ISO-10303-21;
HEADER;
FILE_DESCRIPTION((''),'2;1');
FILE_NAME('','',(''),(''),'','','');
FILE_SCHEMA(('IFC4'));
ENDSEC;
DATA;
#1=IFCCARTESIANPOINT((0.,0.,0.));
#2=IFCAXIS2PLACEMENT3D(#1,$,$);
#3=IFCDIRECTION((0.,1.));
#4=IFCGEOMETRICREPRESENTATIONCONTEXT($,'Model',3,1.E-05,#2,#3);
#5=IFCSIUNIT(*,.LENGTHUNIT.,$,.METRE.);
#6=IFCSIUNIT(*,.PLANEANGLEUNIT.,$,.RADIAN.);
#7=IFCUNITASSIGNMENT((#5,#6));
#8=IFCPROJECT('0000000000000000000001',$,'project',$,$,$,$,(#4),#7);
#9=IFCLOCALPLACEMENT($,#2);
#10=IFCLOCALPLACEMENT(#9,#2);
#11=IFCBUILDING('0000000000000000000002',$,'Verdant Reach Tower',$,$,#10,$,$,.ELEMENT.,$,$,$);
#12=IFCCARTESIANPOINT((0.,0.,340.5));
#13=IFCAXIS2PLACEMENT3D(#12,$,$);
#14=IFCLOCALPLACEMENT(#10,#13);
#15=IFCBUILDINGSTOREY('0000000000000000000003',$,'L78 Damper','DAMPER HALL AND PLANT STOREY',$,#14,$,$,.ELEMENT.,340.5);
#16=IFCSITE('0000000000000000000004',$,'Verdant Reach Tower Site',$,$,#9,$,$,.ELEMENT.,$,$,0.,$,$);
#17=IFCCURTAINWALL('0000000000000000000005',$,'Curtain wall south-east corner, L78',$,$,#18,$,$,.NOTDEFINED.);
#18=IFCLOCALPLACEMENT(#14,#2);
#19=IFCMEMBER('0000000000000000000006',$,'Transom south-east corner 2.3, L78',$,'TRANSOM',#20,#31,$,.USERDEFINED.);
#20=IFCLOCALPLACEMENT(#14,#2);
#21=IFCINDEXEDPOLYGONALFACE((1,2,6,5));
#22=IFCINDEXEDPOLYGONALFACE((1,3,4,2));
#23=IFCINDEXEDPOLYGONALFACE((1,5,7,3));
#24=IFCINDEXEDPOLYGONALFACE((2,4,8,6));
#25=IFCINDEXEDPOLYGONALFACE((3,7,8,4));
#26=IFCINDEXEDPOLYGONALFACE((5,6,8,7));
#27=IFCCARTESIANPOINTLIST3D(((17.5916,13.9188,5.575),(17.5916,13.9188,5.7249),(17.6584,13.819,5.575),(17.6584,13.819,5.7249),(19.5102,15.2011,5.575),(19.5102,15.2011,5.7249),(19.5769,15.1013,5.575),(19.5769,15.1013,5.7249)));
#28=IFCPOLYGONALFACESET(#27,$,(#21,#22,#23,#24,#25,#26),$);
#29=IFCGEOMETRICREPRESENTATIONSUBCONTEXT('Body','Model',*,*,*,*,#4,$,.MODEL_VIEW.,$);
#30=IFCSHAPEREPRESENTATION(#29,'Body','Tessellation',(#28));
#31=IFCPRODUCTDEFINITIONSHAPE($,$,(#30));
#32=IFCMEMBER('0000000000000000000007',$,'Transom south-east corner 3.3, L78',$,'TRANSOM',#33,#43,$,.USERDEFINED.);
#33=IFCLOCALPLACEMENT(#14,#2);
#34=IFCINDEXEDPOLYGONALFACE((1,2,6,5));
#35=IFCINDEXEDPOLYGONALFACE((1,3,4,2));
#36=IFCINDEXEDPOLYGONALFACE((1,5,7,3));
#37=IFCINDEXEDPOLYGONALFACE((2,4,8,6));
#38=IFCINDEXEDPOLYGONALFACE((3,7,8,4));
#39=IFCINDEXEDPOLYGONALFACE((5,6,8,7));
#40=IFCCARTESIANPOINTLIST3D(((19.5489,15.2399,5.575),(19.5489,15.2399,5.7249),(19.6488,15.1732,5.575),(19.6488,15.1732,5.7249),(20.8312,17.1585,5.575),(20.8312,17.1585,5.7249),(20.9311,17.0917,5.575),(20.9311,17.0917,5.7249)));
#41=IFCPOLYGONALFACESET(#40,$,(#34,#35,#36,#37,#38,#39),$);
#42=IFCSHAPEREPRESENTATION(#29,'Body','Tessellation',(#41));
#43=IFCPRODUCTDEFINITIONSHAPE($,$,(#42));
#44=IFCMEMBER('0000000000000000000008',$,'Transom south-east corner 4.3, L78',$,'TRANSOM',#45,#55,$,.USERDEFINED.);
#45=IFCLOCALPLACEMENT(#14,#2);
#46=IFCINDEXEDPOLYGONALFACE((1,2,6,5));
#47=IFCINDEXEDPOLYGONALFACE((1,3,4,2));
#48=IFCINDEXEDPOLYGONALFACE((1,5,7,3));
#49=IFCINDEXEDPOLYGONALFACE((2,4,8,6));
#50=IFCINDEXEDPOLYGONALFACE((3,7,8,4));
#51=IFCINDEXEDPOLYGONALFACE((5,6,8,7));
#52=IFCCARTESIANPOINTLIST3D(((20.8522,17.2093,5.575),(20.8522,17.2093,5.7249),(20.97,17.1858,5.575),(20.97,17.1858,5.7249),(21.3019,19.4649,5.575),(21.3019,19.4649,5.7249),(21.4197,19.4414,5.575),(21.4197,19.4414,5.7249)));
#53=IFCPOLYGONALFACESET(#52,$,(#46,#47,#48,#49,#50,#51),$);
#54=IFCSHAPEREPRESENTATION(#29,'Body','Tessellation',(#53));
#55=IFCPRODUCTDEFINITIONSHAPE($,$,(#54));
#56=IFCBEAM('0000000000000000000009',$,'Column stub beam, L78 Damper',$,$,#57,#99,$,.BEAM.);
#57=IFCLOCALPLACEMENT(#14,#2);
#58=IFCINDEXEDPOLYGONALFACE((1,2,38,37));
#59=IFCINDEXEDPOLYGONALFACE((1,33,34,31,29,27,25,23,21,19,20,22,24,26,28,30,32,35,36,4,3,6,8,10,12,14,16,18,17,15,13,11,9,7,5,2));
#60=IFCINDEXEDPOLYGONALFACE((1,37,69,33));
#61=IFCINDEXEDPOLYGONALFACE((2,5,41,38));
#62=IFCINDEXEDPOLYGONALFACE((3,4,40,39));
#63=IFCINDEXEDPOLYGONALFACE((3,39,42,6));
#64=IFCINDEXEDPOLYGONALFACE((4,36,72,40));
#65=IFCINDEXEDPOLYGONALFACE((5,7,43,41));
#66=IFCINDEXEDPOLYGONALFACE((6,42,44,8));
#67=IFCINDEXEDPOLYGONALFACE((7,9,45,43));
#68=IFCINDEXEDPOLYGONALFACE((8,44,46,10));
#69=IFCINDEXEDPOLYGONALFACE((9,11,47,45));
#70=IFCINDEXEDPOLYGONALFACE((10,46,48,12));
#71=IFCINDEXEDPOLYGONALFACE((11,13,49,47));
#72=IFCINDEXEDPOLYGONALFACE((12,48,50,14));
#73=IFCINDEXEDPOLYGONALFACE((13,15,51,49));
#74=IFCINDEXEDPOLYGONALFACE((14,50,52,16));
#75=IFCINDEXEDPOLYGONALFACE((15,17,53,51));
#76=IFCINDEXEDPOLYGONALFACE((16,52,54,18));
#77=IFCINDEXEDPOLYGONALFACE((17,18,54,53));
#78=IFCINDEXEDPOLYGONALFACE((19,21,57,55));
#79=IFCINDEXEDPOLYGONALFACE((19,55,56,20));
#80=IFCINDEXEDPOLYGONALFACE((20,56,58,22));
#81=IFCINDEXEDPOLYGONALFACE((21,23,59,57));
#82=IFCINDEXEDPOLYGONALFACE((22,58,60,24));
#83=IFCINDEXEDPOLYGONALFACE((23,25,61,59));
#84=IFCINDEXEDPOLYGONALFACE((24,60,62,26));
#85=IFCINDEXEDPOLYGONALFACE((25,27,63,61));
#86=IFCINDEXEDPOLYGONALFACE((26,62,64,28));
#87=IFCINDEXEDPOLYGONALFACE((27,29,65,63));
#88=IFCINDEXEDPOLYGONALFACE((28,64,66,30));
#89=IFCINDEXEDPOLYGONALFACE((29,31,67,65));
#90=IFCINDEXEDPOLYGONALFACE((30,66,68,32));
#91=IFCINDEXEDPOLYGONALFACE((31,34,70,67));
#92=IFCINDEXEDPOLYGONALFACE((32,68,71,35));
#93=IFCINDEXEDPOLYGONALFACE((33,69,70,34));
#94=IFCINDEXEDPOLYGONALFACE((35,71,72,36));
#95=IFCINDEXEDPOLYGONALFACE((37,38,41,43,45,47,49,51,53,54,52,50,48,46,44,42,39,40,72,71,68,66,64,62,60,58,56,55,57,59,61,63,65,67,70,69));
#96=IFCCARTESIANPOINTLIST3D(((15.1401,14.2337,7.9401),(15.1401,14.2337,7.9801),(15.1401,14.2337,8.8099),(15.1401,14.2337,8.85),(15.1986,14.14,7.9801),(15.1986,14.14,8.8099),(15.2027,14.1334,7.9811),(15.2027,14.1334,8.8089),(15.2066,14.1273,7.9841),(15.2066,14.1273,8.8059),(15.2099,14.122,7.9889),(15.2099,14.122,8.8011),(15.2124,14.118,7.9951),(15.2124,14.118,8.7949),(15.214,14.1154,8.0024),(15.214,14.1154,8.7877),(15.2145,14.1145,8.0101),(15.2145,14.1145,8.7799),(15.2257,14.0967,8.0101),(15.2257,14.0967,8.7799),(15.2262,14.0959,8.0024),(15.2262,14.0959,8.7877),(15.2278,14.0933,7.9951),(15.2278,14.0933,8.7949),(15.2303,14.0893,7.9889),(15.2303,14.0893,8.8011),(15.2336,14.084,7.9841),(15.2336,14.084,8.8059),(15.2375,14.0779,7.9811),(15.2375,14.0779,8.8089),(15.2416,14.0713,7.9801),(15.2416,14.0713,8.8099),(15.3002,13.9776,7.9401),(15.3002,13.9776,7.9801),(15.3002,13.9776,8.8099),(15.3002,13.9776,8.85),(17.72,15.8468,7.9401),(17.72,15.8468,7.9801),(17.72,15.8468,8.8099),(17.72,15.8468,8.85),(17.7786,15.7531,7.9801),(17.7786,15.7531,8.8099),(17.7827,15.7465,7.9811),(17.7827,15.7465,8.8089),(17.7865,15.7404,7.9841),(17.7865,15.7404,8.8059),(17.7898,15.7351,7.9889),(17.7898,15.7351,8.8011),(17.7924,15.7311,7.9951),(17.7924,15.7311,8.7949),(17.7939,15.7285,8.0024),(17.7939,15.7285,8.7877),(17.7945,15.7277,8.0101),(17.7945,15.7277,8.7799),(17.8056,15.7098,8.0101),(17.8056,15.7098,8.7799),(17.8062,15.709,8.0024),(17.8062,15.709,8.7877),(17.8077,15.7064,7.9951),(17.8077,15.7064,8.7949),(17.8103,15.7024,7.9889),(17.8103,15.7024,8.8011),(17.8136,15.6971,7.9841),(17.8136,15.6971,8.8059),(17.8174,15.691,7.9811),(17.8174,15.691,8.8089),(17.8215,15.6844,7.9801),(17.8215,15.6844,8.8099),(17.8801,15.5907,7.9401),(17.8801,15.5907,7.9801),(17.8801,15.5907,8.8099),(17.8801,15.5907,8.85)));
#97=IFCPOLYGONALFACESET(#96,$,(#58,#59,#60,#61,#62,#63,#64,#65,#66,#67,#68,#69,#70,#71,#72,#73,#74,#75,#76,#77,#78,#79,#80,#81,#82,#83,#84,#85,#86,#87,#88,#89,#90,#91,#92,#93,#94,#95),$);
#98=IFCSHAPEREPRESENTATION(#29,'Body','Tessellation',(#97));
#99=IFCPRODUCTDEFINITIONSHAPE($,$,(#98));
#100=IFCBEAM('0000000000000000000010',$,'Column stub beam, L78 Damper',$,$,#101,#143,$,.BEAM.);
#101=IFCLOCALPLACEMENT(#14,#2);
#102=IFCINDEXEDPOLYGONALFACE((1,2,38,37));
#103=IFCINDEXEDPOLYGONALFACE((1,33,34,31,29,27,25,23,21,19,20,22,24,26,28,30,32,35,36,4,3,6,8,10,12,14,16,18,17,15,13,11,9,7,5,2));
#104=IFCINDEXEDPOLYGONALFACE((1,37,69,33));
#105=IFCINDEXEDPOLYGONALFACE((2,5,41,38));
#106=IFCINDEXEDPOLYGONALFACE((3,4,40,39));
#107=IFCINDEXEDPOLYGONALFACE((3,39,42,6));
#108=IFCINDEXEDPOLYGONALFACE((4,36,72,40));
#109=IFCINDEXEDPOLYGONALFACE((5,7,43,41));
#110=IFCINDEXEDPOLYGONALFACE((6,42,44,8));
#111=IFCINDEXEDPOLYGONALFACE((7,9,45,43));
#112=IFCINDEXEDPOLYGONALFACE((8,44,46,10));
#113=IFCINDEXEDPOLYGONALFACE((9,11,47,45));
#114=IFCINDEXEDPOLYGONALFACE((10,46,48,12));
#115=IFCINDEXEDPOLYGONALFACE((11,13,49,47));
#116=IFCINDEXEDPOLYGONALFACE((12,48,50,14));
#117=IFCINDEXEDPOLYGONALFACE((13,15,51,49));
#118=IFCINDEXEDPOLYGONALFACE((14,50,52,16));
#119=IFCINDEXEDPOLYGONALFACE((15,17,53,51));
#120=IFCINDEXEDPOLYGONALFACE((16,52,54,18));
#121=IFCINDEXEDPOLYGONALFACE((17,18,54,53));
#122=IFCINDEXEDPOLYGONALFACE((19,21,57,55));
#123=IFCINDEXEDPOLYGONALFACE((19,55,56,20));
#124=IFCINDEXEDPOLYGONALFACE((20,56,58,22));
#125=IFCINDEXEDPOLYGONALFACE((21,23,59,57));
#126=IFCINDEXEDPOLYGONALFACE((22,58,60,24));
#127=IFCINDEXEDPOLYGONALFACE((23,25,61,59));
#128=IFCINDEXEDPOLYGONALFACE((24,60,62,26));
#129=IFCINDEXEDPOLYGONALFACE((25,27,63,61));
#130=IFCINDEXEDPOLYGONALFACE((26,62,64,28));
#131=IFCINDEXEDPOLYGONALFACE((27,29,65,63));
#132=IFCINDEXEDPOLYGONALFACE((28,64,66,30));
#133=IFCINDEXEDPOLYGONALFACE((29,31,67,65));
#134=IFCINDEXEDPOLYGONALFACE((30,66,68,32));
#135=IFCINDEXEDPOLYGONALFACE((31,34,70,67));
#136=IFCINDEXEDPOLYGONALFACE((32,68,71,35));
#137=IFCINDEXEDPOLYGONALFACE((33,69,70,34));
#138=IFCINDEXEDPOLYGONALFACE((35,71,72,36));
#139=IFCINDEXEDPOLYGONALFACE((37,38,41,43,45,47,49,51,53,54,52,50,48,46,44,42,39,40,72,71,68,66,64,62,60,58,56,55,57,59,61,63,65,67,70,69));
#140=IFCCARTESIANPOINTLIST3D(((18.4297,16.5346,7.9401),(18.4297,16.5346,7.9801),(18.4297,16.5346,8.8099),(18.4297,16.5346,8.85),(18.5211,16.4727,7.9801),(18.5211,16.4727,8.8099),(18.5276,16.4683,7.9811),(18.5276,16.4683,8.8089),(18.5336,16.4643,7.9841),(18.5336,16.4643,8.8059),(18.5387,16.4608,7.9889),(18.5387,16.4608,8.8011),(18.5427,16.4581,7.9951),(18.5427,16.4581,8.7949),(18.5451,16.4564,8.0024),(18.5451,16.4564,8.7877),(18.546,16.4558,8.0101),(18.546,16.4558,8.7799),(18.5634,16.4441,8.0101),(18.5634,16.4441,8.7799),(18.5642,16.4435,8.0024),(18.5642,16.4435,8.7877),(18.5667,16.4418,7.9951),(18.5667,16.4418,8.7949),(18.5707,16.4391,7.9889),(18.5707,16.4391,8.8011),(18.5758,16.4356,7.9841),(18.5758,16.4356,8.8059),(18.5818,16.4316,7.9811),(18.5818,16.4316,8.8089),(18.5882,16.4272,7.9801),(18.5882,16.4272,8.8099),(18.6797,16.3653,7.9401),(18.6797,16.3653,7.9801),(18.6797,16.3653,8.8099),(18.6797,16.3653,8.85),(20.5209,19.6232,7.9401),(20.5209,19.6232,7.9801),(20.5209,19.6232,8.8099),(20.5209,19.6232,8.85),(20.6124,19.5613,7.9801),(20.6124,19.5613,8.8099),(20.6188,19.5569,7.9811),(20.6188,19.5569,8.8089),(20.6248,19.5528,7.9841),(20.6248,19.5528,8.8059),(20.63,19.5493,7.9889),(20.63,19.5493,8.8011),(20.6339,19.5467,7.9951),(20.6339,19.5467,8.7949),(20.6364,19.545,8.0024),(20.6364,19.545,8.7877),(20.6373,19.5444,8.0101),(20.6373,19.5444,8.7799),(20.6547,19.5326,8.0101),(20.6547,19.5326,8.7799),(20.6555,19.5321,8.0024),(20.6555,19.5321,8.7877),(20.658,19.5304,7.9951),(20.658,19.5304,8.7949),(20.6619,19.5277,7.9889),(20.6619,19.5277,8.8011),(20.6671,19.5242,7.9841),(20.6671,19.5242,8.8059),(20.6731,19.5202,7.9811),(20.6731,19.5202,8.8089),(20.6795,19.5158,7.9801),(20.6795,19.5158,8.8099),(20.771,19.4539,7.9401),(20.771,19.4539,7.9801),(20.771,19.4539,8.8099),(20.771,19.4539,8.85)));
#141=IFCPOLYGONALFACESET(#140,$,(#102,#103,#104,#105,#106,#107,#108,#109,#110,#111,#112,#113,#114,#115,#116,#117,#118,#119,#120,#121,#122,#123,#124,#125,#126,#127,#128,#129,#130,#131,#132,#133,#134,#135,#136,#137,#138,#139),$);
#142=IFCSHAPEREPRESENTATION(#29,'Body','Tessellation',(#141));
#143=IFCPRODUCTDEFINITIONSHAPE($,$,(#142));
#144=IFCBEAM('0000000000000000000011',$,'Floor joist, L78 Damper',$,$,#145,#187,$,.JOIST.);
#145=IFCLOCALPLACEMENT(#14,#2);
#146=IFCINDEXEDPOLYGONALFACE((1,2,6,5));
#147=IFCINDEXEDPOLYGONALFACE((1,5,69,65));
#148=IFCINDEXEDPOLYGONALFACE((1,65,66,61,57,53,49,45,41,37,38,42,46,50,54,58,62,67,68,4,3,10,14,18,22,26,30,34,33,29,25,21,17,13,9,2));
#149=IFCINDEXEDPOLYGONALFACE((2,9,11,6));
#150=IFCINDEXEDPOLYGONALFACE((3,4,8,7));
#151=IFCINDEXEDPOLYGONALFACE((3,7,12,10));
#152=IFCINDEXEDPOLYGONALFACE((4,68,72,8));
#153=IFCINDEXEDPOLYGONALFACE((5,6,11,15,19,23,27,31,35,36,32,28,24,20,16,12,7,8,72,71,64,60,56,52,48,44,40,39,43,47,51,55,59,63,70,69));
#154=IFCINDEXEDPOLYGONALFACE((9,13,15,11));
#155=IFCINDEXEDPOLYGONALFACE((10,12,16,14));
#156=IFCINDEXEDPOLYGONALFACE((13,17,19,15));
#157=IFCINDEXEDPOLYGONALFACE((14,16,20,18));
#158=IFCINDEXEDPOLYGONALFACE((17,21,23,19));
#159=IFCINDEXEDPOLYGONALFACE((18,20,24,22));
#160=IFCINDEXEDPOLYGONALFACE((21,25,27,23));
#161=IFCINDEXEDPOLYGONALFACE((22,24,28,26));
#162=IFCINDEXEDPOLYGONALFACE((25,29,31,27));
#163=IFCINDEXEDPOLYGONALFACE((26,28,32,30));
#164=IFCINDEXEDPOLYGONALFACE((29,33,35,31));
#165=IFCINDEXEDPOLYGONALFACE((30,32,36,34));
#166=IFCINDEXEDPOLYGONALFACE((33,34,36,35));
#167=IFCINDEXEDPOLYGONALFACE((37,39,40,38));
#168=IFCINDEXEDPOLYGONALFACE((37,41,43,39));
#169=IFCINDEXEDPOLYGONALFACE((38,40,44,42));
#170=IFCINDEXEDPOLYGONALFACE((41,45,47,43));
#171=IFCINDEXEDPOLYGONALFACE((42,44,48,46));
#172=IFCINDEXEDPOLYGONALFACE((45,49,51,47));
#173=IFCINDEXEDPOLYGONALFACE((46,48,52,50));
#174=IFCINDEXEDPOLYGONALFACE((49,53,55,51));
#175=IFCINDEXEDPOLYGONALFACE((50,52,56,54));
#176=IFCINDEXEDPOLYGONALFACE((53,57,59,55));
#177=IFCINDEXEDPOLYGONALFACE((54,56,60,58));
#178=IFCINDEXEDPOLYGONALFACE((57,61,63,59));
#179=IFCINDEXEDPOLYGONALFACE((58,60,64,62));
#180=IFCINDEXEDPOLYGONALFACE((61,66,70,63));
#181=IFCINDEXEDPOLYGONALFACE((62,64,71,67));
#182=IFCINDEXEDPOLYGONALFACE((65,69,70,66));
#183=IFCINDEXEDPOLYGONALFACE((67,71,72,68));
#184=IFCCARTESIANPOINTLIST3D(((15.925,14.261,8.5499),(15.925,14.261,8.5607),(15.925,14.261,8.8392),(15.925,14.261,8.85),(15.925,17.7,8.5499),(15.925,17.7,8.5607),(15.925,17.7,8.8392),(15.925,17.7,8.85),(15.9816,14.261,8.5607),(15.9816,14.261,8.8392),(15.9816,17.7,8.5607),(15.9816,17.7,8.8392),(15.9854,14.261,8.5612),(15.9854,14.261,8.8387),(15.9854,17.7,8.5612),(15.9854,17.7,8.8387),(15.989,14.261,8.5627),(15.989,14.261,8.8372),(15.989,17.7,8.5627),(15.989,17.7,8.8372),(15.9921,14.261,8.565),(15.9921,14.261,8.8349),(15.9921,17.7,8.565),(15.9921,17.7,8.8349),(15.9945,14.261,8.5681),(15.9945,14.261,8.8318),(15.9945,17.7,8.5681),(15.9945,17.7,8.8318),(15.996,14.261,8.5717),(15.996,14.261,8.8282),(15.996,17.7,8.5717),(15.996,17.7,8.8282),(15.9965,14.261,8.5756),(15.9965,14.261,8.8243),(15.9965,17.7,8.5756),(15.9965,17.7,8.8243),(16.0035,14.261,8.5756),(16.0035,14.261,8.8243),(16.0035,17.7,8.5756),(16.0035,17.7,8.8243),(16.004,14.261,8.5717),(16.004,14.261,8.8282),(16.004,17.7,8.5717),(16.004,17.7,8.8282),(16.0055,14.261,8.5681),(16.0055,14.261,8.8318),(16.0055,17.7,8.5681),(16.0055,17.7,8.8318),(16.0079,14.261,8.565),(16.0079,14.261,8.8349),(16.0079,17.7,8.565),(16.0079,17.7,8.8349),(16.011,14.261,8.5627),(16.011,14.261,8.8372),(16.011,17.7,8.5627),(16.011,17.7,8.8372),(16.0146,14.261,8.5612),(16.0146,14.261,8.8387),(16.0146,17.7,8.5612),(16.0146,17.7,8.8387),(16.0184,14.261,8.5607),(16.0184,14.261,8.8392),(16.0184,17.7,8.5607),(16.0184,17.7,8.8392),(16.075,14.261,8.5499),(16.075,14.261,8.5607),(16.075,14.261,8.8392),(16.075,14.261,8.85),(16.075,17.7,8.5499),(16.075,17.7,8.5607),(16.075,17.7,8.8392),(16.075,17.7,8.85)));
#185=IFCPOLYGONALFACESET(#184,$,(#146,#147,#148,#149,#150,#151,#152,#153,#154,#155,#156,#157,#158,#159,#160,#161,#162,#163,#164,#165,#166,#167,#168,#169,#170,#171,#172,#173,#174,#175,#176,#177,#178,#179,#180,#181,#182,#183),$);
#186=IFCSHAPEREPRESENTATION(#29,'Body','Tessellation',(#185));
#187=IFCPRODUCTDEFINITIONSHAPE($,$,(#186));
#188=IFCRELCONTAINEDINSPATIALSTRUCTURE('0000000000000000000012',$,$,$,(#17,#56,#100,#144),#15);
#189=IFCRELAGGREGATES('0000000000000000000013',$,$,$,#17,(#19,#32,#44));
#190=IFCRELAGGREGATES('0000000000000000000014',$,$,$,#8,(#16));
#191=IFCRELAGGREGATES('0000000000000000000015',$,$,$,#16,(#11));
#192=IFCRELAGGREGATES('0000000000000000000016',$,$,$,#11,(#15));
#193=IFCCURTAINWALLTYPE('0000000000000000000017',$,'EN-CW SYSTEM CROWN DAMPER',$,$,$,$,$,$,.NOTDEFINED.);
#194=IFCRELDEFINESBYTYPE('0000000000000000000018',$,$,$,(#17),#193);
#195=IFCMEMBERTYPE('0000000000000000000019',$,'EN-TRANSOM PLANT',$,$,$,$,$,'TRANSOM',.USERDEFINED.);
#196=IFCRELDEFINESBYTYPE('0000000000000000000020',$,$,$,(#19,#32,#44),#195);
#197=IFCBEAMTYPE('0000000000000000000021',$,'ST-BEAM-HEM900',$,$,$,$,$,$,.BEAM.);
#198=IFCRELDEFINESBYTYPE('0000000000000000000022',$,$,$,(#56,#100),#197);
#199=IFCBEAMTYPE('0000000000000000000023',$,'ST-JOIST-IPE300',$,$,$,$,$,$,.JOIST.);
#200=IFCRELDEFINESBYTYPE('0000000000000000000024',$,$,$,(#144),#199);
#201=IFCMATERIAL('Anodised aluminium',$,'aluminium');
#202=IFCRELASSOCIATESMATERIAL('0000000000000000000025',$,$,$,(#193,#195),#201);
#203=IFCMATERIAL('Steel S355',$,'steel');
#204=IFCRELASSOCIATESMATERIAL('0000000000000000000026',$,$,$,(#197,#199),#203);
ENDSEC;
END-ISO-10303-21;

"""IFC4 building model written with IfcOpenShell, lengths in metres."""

from ifc_helpers import new_model, si_unit, direction, frame, origin, origin_2d, place, context, subcontext, project, spatial, rectangle, i_section, extrude, material, material_profile, profile_set, type_object, element, aggregate, save


model = new_model("IFC4")

# Units and contexts
model_context = context("Model", 3, precision=1e-05, world=origin(), true_north=direction((0.0, 1.0)))
body_context = subcontext(model_context, "Body", "Model", "MODEL_VIEW")
ifc_project = project(units=[si_unit("LENGTHUNIT", "METRE"), si_unit("PLANEANGLEUNIT", "RADIAN")], contexts=[model_context])

# Site, building, storey
site_placement = place(None, origin())
site = spatial("IfcSite", under=ifc_project, at=site_placement, Name="Verdant Reach Tower Site", CompositionType="ELEMENT", RefElevation=0.0)
building_placement = place(site_placement, origin())
building = spatial("IfcBuilding", under=site, at=building_placement, Name="Verdant Reach Tower", CompositionType="ELEMENT")
storey_placement = place(building_placement, frame((0.0, 0.0, 340.5)))
storey = spatial("IfcBuildingStorey", under=building, at=storey_placement, Name="L78 Damper", Description="DAMPER HALL AND PLANT STOREY", CompositionType="ELEMENT", Elevation=340.5)

# Curtain wall, members
ifc_material_1 = material(Name="Anodised aluminium", Category="aluminium")
curtain_wall_type = type_object("IfcCurtainWallType", Name="EN-CW SYSTEM CROWN DAMPER", PredefinedType="NOTDEFINED", material=ifc_material_1)
curtain_wall_placement = place(storey_placement, origin())
curtain_wall = element("IfcCurtainWall", 1, at=curtain_wall_placement, inside=storey, type_object=curtain_wall_type, Name="Curtain wall south-east corner, L78", PredefinedType="NOTDEFINED")
ifc_material_profile_1 = material_profile(ifc_material_1, rectangle(XDim=0.1201, YDim=0.1499, at=origin_2d()), Name="Transom 150x120")
ifc_profile_set_1 = profile_set([ifc_material_profile_1], Name="Anodised aluminium")
member_type_1 = type_object("IfcMemberType", Name="EN-TRANSOM PLANT", ElementType="TRANSOM", PredefinedType="USERDEFINED", material=ifc_profile_set_1)
member_1_placement = place(storey_placement, frame((17.625, 13.8689, 5.6499), z_axis=(0.831399, 0.555676, 0.0), x_axis=(-0.555676, 0.831399, 0.0)))
member_1 = element("IfcMember", 2, at=member_1_placement, type_object=member_type_1, Name="Transom south-east corner 2.3, L78", ObjectType="TRANSOM", PredefinedType="USERDEFINED", context=body_context, shape_type="SweptSolid", body=[
    extrude(rectangle(XDim=0.1201, YDim=0.1499, at=origin_2d()), origin(), (0.0, 0.0, 1.0), 2.3076),
])
member_2_placement = place(storey_placement, frame((19.5989, 15.2065, 5.6499), z_axis=(0.555676, 0.831399, 0.0), x_axis=(-0.831399, 0.555676, 0.0)))
member_2 = element("IfcMember", 3, at=member_2_placement, type_object=member_type_1, Name="Transom south-east corner 3.3, L78", ObjectType="TRANSOM", PredefinedType="USERDEFINED", context=body_context, shape_type="SweptSolid", body=[
    extrude(rectangle(XDim=0.1201, YDim=0.1499, at=origin_2d()), origin(), (0.0, 0.0, 1.0), 2.3076),
])
member_3_placement = place(storey_placement, frame((20.9111, 17.1975, 5.6499), z_axis=(0.195524, 0.980699, 0.0), x_axis=(-0.980699, 0.195524, 0.0)))
member_3 = element("IfcMember", 4, at=member_3_placement, type_object=member_type_1, Name="Transom south-east corner 4.3, L78", ObjectType="TRANSOM", PredefinedType="USERDEFINED", context=body_context, shape_type="SweptSolid", body=[
    extrude(rectangle(XDim=0.1201, YDim=0.1499, at=origin_2d()), origin(), (0.0, 0.0, 1.0), 2.3),
])

# Beams
ifc_material_2 = material(Name="Steel S355", Category="steel")
ifc_material_profile_2 = material_profile(ifc_material_2, i_section(OverallWidth=0.302, OverallDepth=0.9099, WebThickness=0.021, FlangeThickness=0.04, FilletRadius=0.03, at=origin_2d()), Name="HEM 900")
ifc_profile_set_2 = profile_set([ifc_material_profile_2], Name="Steel S355")
beam_type_1 = type_object("IfcBeamType", Name="ST-BEAM-HEM900", PredefinedType="BEAM", material=ifc_profile_set_2)
beam_1_placement = place(storey_placement, frame((17.8, 15.7188, 8.395), z_axis=(-0.847904, -0.53015, 0.0), x_axis=(0.53015, -0.847904, 0.0)))
element("IfcBeam", 5, at=beam_1_placement, inside=storey, type_object=beam_type_1, Name="Column stub beam, L78 Damper", PredefinedType="BEAM", context=body_context, shape_type="SweptSolid", body=[
    extrude(i_section(OverallWidth=0.302, OverallDepth=0.9099, WebThickness=0.021, FlangeThickness=0.04, FilletRadius=0.03, at=origin_2d()), origin(), (0.0, 0.0, 1.0), 3.0427),
])
beam_2_placement = place(storey_placement, frame((18.5547, 16.45, 8.395), z_axis=(0.560667, 0.828041, 0.0), x_axis=(-0.828041, 0.560667, 0.0)))
element("IfcBeam", 6, at=beam_2_placement, inside=storey, type_object=beam_type_1, Name="Column stub beam, L78 Damper", PredefinedType="BEAM", context=body_context, shape_type="SweptSolid", body=[
    extrude(i_section(OverallWidth=0.302, OverallDepth=0.9099, WebThickness=0.021, FlangeThickness=0.04, FilletRadius=0.03, at=origin_2d()), origin(), (0.0, 0.0, 1.0), 3.73),
])
ifc_material_profile_3 = material_profile(ifc_material_2, i_section(OverallWidth=0.1499, OverallDepth=0.3, WebThickness=0.0071, FlangeThickness=0.0107, FilletRadius=0.0149, at=origin_2d()), Name="IPE 300")
ifc_profile_set_3 = profile_set([ifc_material_profile_3], Name="Steel S355")
beam_type_2 = type_object("IfcBeamType", Name="ST-JOIST-IPE300", PredefinedType="JOIST", material=ifc_profile_set_3)
beam_3_placement = place(storey_placement, frame((16.0, 17.7, 8.7), z_axis=(0.0, -1.0, 0.0), x_axis=(1.0, 0.0, 0.0)))
element("IfcBeam", 7, at=beam_3_placement, inside=storey, type_object=beam_type_2, Name="Floor joist, L78 Damper", PredefinedType="JOIST", context=body_context, shape_type="SweptSolid", body=[
    extrude(i_section(OverallWidth=0.1499, OverallDepth=0.3, WebThickness=0.0071, FlangeThickness=0.0107, FilletRadius=0.0149, at=origin_2d()), origin(), (0.0, 0.0, 1.0), 3.439),
])

aggregate(curtain_wall, [member_1, member_2, member_3])

save(model, "model.ifc")
